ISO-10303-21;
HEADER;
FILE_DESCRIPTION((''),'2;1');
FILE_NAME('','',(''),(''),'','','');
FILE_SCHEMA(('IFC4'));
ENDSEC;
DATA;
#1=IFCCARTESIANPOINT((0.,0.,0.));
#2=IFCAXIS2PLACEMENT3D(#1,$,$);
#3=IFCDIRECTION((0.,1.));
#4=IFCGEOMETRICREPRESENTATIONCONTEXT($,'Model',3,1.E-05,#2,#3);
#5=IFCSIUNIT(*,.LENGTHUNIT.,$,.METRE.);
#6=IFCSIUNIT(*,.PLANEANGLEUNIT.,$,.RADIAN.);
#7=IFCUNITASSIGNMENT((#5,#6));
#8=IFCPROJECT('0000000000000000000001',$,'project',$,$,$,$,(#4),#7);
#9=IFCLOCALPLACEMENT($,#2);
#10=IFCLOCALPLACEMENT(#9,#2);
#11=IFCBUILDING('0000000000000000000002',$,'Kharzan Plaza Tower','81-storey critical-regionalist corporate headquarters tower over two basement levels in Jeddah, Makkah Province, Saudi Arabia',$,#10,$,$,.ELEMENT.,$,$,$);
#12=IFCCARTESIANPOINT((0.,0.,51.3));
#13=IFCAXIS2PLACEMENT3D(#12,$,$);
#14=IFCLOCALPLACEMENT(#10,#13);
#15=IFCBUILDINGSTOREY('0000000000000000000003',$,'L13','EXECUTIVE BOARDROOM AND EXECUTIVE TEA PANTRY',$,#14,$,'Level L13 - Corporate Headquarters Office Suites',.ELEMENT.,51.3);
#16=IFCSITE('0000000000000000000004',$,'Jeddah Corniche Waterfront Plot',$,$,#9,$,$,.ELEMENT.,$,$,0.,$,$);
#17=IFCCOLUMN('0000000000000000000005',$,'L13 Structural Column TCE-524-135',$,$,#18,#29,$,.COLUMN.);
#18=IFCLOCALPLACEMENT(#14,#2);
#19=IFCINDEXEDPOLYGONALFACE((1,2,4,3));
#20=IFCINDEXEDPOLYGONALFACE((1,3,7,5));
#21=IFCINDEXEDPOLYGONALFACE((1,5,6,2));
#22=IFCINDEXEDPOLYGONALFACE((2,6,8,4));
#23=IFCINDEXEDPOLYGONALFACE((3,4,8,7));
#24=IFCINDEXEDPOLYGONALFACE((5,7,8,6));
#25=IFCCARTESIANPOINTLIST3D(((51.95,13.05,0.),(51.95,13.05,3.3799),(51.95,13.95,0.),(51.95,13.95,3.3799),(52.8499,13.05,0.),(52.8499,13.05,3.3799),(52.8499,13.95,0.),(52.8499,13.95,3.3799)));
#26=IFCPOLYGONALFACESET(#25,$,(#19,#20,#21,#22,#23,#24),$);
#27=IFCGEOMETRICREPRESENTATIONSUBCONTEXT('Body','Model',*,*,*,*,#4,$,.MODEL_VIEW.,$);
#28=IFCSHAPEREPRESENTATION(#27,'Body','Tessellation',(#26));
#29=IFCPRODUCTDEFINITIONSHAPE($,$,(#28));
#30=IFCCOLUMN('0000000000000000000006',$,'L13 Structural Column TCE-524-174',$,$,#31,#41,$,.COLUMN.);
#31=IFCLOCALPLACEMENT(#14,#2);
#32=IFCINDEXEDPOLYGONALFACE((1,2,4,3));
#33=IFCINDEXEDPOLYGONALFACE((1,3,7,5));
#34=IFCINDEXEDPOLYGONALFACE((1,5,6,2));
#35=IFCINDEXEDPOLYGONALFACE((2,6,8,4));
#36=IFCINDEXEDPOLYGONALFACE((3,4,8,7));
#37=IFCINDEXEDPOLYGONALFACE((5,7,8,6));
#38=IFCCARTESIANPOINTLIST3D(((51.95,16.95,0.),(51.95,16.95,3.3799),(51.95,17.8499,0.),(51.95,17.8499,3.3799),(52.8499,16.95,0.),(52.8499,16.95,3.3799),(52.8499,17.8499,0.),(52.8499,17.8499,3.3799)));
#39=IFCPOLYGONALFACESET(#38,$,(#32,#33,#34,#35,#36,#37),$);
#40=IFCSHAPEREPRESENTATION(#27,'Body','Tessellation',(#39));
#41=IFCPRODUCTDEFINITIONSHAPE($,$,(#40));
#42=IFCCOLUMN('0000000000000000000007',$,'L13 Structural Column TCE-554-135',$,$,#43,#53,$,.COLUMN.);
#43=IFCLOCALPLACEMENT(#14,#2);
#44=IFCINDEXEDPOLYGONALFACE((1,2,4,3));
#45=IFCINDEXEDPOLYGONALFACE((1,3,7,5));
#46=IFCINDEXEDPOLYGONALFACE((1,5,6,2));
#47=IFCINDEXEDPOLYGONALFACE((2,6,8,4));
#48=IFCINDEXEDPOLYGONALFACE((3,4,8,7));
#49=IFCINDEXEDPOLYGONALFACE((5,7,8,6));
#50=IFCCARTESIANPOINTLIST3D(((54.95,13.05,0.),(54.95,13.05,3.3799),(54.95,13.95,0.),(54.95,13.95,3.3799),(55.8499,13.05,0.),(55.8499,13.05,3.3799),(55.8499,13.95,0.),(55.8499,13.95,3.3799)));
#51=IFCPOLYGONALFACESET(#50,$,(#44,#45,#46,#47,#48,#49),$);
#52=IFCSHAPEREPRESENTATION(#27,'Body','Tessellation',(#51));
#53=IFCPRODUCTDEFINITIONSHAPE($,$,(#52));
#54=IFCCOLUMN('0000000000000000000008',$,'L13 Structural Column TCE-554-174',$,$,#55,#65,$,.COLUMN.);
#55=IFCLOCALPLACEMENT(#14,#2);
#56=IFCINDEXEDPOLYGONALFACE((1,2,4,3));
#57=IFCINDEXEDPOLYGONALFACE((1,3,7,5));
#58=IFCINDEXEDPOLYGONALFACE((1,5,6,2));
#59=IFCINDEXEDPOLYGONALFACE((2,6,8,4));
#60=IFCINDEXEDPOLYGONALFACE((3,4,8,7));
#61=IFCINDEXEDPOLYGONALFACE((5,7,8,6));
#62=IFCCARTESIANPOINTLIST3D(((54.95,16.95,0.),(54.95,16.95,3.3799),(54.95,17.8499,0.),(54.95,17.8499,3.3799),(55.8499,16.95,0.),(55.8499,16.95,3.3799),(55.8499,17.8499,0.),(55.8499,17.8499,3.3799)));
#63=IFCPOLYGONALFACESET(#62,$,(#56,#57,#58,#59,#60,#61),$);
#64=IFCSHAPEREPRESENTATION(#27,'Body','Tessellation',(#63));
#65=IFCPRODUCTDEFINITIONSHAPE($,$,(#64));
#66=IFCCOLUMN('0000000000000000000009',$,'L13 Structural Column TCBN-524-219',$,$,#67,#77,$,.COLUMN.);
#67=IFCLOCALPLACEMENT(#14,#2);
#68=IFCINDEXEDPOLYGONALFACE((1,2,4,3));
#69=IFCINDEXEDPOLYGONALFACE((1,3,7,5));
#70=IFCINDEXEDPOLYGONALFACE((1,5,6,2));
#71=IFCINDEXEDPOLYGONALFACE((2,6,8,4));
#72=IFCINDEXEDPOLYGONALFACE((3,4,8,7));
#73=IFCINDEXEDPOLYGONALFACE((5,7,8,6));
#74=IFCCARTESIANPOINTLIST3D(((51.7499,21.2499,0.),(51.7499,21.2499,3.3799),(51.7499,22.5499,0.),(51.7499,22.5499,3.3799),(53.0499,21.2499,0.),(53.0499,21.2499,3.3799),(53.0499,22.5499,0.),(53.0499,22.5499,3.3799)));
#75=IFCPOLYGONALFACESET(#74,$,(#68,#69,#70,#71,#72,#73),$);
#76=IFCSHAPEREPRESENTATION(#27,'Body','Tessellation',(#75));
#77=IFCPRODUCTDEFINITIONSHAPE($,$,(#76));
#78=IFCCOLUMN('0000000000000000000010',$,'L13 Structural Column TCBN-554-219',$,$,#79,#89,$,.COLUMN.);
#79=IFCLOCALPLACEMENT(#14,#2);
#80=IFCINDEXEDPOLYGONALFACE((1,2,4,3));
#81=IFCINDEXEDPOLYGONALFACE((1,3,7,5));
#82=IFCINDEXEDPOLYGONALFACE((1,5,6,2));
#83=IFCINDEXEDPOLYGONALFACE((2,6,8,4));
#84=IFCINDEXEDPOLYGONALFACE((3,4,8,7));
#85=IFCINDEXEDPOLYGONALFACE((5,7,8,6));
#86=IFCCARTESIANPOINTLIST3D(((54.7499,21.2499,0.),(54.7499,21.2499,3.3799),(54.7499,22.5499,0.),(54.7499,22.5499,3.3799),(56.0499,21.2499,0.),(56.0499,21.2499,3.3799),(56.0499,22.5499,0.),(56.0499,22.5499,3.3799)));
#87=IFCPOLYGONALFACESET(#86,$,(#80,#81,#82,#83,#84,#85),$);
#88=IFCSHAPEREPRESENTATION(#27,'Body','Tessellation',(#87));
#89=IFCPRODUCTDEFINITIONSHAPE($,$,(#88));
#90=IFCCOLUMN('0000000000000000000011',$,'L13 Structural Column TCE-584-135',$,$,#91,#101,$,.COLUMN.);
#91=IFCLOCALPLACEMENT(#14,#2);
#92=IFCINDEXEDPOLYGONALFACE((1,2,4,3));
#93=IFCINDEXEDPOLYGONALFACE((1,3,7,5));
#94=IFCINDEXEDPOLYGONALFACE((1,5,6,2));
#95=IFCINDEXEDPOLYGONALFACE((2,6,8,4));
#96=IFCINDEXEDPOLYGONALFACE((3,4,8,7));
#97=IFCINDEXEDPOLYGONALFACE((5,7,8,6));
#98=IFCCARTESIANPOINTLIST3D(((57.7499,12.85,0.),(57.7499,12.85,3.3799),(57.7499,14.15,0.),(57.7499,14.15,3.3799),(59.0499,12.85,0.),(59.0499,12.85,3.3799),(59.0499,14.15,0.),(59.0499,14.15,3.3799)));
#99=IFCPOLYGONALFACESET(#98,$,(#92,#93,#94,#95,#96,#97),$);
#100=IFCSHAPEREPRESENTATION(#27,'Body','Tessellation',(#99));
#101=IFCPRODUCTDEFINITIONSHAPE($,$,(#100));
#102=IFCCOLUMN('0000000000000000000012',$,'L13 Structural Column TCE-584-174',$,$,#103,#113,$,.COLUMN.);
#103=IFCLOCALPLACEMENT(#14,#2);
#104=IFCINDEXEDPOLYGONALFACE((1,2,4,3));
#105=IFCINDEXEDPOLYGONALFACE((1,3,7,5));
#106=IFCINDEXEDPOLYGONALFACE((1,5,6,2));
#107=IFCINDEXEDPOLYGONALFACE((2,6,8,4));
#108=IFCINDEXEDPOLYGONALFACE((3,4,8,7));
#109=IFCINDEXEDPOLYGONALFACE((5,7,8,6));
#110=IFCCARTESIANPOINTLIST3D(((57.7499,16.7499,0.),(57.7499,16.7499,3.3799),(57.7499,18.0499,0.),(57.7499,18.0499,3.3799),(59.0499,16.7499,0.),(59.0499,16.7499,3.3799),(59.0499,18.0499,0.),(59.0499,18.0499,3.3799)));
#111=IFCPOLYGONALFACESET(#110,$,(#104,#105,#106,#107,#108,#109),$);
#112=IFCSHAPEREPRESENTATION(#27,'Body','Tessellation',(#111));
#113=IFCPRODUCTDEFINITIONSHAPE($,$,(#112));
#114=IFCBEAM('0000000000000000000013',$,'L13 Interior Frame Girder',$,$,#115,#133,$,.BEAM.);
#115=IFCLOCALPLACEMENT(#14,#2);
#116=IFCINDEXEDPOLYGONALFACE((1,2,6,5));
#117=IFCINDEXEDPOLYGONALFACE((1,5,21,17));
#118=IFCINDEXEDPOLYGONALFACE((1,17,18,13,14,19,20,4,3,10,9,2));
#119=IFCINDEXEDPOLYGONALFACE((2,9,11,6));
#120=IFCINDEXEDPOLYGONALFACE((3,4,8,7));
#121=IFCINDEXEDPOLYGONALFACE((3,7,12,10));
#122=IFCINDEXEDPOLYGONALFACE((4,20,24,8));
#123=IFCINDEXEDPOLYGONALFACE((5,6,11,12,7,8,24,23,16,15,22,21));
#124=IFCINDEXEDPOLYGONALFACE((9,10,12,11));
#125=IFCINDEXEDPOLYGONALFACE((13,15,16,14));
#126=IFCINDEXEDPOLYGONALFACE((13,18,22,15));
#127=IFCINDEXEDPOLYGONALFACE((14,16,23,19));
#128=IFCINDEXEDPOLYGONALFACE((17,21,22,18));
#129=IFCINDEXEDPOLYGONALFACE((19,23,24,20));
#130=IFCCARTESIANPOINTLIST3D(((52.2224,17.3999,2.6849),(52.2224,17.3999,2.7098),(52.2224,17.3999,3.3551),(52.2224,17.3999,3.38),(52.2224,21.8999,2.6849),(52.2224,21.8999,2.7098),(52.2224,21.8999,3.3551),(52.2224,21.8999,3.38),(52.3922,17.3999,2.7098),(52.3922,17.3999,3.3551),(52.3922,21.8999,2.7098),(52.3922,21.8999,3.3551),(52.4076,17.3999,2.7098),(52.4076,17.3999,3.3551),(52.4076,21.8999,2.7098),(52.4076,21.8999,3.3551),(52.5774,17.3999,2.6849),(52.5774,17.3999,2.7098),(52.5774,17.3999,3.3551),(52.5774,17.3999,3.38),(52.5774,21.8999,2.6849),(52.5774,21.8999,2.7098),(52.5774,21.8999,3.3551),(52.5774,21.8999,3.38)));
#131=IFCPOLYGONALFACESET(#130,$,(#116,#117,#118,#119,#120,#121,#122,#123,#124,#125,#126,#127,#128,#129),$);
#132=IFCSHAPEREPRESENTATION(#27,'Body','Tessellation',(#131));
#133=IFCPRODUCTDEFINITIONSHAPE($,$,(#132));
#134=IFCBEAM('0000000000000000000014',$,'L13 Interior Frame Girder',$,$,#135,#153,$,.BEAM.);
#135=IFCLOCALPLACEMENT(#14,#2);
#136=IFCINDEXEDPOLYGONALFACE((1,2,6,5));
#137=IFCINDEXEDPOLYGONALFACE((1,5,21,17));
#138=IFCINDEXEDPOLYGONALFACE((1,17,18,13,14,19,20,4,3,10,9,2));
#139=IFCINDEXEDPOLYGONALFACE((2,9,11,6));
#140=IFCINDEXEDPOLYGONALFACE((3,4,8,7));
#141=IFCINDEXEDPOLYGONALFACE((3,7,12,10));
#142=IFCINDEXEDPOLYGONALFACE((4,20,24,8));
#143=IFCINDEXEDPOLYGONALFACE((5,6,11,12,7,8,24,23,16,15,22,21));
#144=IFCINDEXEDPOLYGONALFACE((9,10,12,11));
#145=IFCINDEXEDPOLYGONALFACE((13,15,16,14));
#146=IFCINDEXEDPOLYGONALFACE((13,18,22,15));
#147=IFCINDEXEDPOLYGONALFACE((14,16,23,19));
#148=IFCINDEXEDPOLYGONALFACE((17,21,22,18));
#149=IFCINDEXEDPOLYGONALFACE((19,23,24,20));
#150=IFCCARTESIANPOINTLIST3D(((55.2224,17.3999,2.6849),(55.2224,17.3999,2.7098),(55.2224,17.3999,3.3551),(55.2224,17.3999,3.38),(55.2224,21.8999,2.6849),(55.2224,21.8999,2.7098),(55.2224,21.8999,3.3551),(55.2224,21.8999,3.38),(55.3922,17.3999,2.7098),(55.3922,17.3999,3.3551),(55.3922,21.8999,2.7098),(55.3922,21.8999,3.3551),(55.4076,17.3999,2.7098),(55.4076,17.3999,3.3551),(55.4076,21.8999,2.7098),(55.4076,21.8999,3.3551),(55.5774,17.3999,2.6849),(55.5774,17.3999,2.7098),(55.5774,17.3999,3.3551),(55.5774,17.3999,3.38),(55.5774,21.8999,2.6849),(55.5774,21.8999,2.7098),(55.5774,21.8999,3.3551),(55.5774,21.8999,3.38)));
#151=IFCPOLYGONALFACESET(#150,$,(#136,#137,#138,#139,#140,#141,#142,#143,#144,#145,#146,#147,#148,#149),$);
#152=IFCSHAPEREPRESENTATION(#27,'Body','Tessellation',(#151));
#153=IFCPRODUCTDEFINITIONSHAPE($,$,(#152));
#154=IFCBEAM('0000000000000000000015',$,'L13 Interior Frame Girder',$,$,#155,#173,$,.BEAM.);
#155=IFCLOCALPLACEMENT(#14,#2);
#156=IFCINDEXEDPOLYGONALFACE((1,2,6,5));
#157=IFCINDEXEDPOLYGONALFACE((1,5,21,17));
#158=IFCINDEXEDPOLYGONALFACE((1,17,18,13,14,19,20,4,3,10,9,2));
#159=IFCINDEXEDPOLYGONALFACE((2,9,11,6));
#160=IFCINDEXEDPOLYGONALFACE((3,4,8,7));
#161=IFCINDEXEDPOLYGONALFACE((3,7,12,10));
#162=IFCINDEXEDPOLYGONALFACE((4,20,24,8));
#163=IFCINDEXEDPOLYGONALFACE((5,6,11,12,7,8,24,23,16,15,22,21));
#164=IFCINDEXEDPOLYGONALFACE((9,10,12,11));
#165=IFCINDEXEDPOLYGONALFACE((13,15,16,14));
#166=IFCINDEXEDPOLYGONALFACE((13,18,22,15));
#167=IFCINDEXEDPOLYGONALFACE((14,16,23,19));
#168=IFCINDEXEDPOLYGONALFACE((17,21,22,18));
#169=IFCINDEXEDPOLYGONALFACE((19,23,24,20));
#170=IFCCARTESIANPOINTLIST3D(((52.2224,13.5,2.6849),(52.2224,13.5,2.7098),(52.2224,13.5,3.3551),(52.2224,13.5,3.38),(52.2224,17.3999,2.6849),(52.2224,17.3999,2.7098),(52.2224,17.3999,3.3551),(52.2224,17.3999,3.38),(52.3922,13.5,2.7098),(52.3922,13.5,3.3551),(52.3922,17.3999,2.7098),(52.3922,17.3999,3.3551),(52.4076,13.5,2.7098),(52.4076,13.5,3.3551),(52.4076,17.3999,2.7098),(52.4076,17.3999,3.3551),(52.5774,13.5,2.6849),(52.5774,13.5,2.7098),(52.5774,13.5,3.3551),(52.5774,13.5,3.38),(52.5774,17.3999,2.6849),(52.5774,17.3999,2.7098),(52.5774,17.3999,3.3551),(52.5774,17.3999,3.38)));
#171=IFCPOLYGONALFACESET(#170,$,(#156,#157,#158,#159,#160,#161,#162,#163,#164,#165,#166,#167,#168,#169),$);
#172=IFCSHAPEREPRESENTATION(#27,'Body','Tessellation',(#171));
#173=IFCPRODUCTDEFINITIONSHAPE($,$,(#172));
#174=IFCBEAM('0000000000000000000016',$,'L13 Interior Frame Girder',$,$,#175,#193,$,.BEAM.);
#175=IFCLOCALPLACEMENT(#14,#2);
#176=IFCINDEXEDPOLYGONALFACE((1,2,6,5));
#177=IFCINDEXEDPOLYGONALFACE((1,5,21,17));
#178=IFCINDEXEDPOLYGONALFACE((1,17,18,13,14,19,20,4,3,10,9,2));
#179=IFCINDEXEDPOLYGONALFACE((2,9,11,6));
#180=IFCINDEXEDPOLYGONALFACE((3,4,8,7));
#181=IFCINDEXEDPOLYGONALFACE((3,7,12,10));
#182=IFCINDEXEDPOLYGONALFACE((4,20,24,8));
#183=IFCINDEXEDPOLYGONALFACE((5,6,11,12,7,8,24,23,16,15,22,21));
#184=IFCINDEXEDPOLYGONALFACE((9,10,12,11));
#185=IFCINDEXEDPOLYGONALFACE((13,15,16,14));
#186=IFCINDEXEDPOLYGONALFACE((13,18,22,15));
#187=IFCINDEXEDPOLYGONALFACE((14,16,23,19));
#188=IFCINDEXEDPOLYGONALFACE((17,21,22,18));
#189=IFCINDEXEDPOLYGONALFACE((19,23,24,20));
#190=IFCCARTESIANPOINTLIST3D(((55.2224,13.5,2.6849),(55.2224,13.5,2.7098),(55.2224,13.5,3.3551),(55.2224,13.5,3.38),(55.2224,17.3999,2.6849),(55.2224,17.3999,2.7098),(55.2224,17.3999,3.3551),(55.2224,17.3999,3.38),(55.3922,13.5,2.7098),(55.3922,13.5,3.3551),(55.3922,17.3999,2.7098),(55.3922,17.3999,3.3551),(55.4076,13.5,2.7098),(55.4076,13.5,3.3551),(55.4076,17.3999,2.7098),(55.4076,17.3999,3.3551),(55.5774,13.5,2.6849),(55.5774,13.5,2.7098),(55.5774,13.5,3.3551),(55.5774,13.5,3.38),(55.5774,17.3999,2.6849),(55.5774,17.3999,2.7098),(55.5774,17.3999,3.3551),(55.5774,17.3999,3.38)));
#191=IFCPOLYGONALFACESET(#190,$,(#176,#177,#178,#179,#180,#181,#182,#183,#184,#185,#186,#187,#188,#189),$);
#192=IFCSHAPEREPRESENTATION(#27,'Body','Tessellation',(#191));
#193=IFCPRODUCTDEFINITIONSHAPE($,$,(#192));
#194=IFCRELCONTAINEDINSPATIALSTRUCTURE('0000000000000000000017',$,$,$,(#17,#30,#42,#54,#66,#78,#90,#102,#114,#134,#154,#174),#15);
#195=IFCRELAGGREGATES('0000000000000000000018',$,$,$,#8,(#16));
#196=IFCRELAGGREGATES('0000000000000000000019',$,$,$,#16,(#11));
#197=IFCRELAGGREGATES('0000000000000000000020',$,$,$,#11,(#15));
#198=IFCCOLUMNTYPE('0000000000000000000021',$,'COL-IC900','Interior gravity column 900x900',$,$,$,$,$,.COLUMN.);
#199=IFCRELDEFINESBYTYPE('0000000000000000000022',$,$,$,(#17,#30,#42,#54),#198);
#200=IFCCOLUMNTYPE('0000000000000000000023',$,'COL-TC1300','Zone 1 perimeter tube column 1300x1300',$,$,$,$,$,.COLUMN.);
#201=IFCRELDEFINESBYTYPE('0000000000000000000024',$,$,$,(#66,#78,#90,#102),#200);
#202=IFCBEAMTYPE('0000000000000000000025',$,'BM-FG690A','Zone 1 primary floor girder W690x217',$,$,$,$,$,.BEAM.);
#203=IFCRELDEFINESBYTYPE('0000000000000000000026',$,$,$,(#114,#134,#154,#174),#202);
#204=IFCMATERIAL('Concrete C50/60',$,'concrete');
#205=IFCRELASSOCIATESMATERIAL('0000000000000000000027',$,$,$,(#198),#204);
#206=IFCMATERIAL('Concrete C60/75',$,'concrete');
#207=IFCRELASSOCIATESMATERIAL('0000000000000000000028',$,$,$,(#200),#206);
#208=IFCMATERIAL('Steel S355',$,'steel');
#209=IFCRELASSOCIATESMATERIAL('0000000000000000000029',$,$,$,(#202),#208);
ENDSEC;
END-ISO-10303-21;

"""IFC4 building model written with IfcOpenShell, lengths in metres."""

from ifc_helpers import new_model, si_unit, direction, frame, origin, origin_2d, place, context, subcontext, project, spatial, rectangle, i_section, extrude, source, transform, mapped, material, material_profile, profile_set, type_object, element, save


model = new_model("IFC4")

# Units and contexts
model_context = context("Model", 3, precision=1e-05, world=origin(), true_north=direction((0.0, 1.0)))
body_context = subcontext(model_context, "Body", "Model", "MODEL_VIEW")
ifc_project = project(units=[si_unit("LENGTHUNIT", "METRE"), si_unit("PLANEANGLEUNIT", "RADIAN")], contexts=[model_context])

# Site, building, storey
site_placement = place(None, origin())
site = spatial("IfcSite", under=ifc_project, at=site_placement, Name="Jeddah Corniche Waterfront Plot", CompositionType="ELEMENT", RefElevation=0.0)
building_placement = place(site_placement, origin())
building = spatial("IfcBuilding", under=site, at=building_placement, Name="Kharzan Plaza Tower", Description="81-storey critical-regionalist corporate headquarters tower over two basement levels in Jeddah, Makkah Province, Saudi Arabia", CompositionType="ELEMENT")
storey_placement = place(building_placement, frame((0.0, 0.0, 51.3)))
storey = spatial("IfcBuildingStorey", under=building, at=storey_placement, Name="L13", Description="EXECUTIVE BOARDROOM AND EXECUTIVE TEA PANTRY", LongName="Level L13 - Corporate Headquarters Office Suites", CompositionType="ELEMENT", Elevation=51.3)

# Columns
ifc_material_1 = material(Name="Concrete C50/60", Category="concrete")
ifc_material_profile_1 = material_profile(ifc_material_1, rectangle(XDim=0.8999, YDim=0.8999, at=origin_2d()), Name="RC-IC900x900")
ifc_profile_set_1 = profile_set([ifc_material_profile_1], Name="Concrete C50/60")
column_type_1 = type_object("IfcColumnType", Name="COL-IC900", Description="Interior gravity column 900x900", PredefinedType="COLUMN", material=ifc_profile_set_1)
shared_shape_1 = source(origin(), body_context, "Body", "SweptSolid", [
    extrude(rectangle(XDim=0.8999, YDim=0.8999, at=origin_2d()), origin(), (0.0, 0.0, 1.0), 3.3799),
])
for number, where, z_axis, x_axis, name in (
    (1, (52.3999, 13.5, 0.0), (0.0, 0.0, 1.0), (1.0, 0.0, 0.0), "L13 Structural Column TCE-524-135"),
    (2, (52.3999, 17.3999, 0.0), (0.0, 0.0, 1.0), (1.0, 0.0, 0.0), "L13 Structural Column TCE-524-174"),
    (3, (55.3999, 13.5, 0.0), (0.0, 0.0, 1.0), (1.0, 0.0, 0.0), "L13 Structural Column TCE-554-135"),
    (4, (55.3999, 17.3999, 0.0), (0.0, 0.0, 1.0), (1.0, 0.0, 0.0), "L13 Structural Column TCE-554-174"),
):
    element("IfcColumn", number, at=place(storey_placement, frame(where, z_axis=z_axis, x_axis=x_axis)), inside=storey, type_object=column_type_1, Name=name, PredefinedType="COLUMN", context=body_context, shape_type="MappedRepresentation", body=[
        mapped(shared_shape_1, transform((0.0, 0.0, 0.0), x_axis=(1.0, 0.0, 0.0), y_axis=(0.0, 1.0, 0.0), z_axis=(0.0, 0.0, 1.0))),
    ])
ifc_material_2 = material(Name="Concrete C60/75", Category="concrete")
ifc_material_profile_2 = material_profile(ifc_material_2, rectangle(XDim=1.3, YDim=1.3, at=origin_2d()), Name="RC-TC1300x1300")
ifc_profile_set_2 = profile_set([ifc_material_profile_2], Name="Concrete C60/75")
column_type_2 = type_object("IfcColumnType", Name="COL-TC1300", Description="Zone 1 perimeter tube column 1300x1300", PredefinedType="COLUMN", material=ifc_profile_set_2)
shared_shape_2 = source(origin(), body_context, "Body", "SweptSolid", [
    extrude(rectangle(XDim=1.3, YDim=1.3, at=origin_2d()), origin(), (0.0, 0.0, 1.0), 3.3799),
])
for number, where, z_axis, x_axis, name in (
    (5, (52.3999, 21.8999, 0.0), (0.0, 0.0, 1.0), (1.0, 0.0, 0.0), "L13 Structural Column TCBN-524-219"),
    (6, (55.3999, 21.8999, 0.0), (0.0, 0.0, 1.0), (1.0, 0.0, 0.0), "L13 Structural Column TCBN-554-219"),
    (7, (58.3999, 13.5, 0.0), (0.0, 0.0, 1.0), (1.0, 0.0, 0.0), "L13 Structural Column TCE-584-135"),
    (8, (58.3999, 17.3999, 0.0), (0.0, 0.0, 1.0), (1.0, 0.0, 0.0), "L13 Structural Column TCE-584-174"),
):
    element("IfcColumn", number, at=place(storey_placement, frame(where, z_axis=z_axis, x_axis=x_axis)), inside=storey, type_object=column_type_2, Name=name, PredefinedType="COLUMN", context=body_context, shape_type="MappedRepresentation", body=[
        mapped(shared_shape_2, transform((0.0, 0.0, 0.0), x_axis=(1.0, 0.0, 0.0), y_axis=(0.0, 1.0, 0.0), z_axis=(0.0, 0.0, 1.0))),
    ])

# Beams
ifc_material_3 = material(Name="Steel S355", Category="steel")
ifc_material_profile_3 = material_profile(ifc_material_3, i_section(OverallWidth=0.355, OverallDepth=0.6951, WebThickness=0.0154, FlangeThickness=0.0249, at=origin_2d()), Name="W690x217")
ifc_profile_set_3 = profile_set([ifc_material_profile_3], Name="Steel S355")
beam_type_1 = type_object("IfcBeamType", Name="BM-FG690A", Description="Zone 1 primary floor girder W690x217", PredefinedType="BEAM", material=ifc_profile_set_3)
shared_shape_3 = source(origin(), body_context, "Body", "SweptSolid", [
    extrude(i_section(OverallWidth=0.355, OverallDepth=0.6951, WebThickness=0.0154, FlangeThickness=0.0249, at=origin_2d()), origin(), (0.0, 0.0, 1.0), 4.5),
])
for number, where, z_axis, x_axis, name in (
    (9, (52.3999, 17.3999, 3.0325), (0.0, 1.0, 0.0), (-1.0, 0.0, 0.0), "L13 Interior Frame Girder"),
    (10, (55.3999, 17.3999, 3.0325), (0.0, 1.0, 0.0), (-1.0, 0.0, 0.0), "L13 Interior Frame Girder"),
):
    element("IfcBeam", number, at=place(storey_placement, frame(where, z_axis=z_axis, x_axis=x_axis)), inside=storey, type_object=beam_type_1, Name=name, PredefinedType="BEAM", context=body_context, shape_type="MappedRepresentation", body=[
        mapped(shared_shape_3, transform((0.0, 0.0, 0.0), x_axis=(1.0, 0.0, 0.0), y_axis=(0.0, 1.0, 0.0), z_axis=(0.0, 0.0, 1.0))),
    ])
shared_shape_4 = source(origin(), body_context, "Body", "SweptSolid", [
    extrude(i_section(OverallWidth=0.355, OverallDepth=0.6951, WebThickness=0.0154, FlangeThickness=0.0249, at=origin_2d()), origin(), (0.0, 0.0, 1.0), 3.8999),
])
for number, where, z_axis, x_axis, name in (
    (11, (52.3999, 13.5, 3.0325), (0.0, 1.0, 0.0), (-1.0, 0.0, 0.0), "L13 Interior Frame Girder"),
    (12, (55.3999, 13.5, 3.0325), (0.0, 1.0, 0.0), (-1.0, 0.0, 0.0), "L13 Interior Frame Girder"),
):
    element("IfcBeam", number, at=place(storey_placement, frame(where, z_axis=z_axis, x_axis=x_axis)), inside=storey, type_object=beam_type_1, Name=name, PredefinedType="BEAM", context=body_context, shape_type="MappedRepresentation", body=[
        mapped(shared_shape_4, transform((0.0, 0.0, 0.0), x_axis=(1.0, 0.0, 0.0), y_axis=(0.0, 1.0, 0.0), z_axis=(0.0, 0.0, 1.0))),
    ])

save(model, "model.ifc")
